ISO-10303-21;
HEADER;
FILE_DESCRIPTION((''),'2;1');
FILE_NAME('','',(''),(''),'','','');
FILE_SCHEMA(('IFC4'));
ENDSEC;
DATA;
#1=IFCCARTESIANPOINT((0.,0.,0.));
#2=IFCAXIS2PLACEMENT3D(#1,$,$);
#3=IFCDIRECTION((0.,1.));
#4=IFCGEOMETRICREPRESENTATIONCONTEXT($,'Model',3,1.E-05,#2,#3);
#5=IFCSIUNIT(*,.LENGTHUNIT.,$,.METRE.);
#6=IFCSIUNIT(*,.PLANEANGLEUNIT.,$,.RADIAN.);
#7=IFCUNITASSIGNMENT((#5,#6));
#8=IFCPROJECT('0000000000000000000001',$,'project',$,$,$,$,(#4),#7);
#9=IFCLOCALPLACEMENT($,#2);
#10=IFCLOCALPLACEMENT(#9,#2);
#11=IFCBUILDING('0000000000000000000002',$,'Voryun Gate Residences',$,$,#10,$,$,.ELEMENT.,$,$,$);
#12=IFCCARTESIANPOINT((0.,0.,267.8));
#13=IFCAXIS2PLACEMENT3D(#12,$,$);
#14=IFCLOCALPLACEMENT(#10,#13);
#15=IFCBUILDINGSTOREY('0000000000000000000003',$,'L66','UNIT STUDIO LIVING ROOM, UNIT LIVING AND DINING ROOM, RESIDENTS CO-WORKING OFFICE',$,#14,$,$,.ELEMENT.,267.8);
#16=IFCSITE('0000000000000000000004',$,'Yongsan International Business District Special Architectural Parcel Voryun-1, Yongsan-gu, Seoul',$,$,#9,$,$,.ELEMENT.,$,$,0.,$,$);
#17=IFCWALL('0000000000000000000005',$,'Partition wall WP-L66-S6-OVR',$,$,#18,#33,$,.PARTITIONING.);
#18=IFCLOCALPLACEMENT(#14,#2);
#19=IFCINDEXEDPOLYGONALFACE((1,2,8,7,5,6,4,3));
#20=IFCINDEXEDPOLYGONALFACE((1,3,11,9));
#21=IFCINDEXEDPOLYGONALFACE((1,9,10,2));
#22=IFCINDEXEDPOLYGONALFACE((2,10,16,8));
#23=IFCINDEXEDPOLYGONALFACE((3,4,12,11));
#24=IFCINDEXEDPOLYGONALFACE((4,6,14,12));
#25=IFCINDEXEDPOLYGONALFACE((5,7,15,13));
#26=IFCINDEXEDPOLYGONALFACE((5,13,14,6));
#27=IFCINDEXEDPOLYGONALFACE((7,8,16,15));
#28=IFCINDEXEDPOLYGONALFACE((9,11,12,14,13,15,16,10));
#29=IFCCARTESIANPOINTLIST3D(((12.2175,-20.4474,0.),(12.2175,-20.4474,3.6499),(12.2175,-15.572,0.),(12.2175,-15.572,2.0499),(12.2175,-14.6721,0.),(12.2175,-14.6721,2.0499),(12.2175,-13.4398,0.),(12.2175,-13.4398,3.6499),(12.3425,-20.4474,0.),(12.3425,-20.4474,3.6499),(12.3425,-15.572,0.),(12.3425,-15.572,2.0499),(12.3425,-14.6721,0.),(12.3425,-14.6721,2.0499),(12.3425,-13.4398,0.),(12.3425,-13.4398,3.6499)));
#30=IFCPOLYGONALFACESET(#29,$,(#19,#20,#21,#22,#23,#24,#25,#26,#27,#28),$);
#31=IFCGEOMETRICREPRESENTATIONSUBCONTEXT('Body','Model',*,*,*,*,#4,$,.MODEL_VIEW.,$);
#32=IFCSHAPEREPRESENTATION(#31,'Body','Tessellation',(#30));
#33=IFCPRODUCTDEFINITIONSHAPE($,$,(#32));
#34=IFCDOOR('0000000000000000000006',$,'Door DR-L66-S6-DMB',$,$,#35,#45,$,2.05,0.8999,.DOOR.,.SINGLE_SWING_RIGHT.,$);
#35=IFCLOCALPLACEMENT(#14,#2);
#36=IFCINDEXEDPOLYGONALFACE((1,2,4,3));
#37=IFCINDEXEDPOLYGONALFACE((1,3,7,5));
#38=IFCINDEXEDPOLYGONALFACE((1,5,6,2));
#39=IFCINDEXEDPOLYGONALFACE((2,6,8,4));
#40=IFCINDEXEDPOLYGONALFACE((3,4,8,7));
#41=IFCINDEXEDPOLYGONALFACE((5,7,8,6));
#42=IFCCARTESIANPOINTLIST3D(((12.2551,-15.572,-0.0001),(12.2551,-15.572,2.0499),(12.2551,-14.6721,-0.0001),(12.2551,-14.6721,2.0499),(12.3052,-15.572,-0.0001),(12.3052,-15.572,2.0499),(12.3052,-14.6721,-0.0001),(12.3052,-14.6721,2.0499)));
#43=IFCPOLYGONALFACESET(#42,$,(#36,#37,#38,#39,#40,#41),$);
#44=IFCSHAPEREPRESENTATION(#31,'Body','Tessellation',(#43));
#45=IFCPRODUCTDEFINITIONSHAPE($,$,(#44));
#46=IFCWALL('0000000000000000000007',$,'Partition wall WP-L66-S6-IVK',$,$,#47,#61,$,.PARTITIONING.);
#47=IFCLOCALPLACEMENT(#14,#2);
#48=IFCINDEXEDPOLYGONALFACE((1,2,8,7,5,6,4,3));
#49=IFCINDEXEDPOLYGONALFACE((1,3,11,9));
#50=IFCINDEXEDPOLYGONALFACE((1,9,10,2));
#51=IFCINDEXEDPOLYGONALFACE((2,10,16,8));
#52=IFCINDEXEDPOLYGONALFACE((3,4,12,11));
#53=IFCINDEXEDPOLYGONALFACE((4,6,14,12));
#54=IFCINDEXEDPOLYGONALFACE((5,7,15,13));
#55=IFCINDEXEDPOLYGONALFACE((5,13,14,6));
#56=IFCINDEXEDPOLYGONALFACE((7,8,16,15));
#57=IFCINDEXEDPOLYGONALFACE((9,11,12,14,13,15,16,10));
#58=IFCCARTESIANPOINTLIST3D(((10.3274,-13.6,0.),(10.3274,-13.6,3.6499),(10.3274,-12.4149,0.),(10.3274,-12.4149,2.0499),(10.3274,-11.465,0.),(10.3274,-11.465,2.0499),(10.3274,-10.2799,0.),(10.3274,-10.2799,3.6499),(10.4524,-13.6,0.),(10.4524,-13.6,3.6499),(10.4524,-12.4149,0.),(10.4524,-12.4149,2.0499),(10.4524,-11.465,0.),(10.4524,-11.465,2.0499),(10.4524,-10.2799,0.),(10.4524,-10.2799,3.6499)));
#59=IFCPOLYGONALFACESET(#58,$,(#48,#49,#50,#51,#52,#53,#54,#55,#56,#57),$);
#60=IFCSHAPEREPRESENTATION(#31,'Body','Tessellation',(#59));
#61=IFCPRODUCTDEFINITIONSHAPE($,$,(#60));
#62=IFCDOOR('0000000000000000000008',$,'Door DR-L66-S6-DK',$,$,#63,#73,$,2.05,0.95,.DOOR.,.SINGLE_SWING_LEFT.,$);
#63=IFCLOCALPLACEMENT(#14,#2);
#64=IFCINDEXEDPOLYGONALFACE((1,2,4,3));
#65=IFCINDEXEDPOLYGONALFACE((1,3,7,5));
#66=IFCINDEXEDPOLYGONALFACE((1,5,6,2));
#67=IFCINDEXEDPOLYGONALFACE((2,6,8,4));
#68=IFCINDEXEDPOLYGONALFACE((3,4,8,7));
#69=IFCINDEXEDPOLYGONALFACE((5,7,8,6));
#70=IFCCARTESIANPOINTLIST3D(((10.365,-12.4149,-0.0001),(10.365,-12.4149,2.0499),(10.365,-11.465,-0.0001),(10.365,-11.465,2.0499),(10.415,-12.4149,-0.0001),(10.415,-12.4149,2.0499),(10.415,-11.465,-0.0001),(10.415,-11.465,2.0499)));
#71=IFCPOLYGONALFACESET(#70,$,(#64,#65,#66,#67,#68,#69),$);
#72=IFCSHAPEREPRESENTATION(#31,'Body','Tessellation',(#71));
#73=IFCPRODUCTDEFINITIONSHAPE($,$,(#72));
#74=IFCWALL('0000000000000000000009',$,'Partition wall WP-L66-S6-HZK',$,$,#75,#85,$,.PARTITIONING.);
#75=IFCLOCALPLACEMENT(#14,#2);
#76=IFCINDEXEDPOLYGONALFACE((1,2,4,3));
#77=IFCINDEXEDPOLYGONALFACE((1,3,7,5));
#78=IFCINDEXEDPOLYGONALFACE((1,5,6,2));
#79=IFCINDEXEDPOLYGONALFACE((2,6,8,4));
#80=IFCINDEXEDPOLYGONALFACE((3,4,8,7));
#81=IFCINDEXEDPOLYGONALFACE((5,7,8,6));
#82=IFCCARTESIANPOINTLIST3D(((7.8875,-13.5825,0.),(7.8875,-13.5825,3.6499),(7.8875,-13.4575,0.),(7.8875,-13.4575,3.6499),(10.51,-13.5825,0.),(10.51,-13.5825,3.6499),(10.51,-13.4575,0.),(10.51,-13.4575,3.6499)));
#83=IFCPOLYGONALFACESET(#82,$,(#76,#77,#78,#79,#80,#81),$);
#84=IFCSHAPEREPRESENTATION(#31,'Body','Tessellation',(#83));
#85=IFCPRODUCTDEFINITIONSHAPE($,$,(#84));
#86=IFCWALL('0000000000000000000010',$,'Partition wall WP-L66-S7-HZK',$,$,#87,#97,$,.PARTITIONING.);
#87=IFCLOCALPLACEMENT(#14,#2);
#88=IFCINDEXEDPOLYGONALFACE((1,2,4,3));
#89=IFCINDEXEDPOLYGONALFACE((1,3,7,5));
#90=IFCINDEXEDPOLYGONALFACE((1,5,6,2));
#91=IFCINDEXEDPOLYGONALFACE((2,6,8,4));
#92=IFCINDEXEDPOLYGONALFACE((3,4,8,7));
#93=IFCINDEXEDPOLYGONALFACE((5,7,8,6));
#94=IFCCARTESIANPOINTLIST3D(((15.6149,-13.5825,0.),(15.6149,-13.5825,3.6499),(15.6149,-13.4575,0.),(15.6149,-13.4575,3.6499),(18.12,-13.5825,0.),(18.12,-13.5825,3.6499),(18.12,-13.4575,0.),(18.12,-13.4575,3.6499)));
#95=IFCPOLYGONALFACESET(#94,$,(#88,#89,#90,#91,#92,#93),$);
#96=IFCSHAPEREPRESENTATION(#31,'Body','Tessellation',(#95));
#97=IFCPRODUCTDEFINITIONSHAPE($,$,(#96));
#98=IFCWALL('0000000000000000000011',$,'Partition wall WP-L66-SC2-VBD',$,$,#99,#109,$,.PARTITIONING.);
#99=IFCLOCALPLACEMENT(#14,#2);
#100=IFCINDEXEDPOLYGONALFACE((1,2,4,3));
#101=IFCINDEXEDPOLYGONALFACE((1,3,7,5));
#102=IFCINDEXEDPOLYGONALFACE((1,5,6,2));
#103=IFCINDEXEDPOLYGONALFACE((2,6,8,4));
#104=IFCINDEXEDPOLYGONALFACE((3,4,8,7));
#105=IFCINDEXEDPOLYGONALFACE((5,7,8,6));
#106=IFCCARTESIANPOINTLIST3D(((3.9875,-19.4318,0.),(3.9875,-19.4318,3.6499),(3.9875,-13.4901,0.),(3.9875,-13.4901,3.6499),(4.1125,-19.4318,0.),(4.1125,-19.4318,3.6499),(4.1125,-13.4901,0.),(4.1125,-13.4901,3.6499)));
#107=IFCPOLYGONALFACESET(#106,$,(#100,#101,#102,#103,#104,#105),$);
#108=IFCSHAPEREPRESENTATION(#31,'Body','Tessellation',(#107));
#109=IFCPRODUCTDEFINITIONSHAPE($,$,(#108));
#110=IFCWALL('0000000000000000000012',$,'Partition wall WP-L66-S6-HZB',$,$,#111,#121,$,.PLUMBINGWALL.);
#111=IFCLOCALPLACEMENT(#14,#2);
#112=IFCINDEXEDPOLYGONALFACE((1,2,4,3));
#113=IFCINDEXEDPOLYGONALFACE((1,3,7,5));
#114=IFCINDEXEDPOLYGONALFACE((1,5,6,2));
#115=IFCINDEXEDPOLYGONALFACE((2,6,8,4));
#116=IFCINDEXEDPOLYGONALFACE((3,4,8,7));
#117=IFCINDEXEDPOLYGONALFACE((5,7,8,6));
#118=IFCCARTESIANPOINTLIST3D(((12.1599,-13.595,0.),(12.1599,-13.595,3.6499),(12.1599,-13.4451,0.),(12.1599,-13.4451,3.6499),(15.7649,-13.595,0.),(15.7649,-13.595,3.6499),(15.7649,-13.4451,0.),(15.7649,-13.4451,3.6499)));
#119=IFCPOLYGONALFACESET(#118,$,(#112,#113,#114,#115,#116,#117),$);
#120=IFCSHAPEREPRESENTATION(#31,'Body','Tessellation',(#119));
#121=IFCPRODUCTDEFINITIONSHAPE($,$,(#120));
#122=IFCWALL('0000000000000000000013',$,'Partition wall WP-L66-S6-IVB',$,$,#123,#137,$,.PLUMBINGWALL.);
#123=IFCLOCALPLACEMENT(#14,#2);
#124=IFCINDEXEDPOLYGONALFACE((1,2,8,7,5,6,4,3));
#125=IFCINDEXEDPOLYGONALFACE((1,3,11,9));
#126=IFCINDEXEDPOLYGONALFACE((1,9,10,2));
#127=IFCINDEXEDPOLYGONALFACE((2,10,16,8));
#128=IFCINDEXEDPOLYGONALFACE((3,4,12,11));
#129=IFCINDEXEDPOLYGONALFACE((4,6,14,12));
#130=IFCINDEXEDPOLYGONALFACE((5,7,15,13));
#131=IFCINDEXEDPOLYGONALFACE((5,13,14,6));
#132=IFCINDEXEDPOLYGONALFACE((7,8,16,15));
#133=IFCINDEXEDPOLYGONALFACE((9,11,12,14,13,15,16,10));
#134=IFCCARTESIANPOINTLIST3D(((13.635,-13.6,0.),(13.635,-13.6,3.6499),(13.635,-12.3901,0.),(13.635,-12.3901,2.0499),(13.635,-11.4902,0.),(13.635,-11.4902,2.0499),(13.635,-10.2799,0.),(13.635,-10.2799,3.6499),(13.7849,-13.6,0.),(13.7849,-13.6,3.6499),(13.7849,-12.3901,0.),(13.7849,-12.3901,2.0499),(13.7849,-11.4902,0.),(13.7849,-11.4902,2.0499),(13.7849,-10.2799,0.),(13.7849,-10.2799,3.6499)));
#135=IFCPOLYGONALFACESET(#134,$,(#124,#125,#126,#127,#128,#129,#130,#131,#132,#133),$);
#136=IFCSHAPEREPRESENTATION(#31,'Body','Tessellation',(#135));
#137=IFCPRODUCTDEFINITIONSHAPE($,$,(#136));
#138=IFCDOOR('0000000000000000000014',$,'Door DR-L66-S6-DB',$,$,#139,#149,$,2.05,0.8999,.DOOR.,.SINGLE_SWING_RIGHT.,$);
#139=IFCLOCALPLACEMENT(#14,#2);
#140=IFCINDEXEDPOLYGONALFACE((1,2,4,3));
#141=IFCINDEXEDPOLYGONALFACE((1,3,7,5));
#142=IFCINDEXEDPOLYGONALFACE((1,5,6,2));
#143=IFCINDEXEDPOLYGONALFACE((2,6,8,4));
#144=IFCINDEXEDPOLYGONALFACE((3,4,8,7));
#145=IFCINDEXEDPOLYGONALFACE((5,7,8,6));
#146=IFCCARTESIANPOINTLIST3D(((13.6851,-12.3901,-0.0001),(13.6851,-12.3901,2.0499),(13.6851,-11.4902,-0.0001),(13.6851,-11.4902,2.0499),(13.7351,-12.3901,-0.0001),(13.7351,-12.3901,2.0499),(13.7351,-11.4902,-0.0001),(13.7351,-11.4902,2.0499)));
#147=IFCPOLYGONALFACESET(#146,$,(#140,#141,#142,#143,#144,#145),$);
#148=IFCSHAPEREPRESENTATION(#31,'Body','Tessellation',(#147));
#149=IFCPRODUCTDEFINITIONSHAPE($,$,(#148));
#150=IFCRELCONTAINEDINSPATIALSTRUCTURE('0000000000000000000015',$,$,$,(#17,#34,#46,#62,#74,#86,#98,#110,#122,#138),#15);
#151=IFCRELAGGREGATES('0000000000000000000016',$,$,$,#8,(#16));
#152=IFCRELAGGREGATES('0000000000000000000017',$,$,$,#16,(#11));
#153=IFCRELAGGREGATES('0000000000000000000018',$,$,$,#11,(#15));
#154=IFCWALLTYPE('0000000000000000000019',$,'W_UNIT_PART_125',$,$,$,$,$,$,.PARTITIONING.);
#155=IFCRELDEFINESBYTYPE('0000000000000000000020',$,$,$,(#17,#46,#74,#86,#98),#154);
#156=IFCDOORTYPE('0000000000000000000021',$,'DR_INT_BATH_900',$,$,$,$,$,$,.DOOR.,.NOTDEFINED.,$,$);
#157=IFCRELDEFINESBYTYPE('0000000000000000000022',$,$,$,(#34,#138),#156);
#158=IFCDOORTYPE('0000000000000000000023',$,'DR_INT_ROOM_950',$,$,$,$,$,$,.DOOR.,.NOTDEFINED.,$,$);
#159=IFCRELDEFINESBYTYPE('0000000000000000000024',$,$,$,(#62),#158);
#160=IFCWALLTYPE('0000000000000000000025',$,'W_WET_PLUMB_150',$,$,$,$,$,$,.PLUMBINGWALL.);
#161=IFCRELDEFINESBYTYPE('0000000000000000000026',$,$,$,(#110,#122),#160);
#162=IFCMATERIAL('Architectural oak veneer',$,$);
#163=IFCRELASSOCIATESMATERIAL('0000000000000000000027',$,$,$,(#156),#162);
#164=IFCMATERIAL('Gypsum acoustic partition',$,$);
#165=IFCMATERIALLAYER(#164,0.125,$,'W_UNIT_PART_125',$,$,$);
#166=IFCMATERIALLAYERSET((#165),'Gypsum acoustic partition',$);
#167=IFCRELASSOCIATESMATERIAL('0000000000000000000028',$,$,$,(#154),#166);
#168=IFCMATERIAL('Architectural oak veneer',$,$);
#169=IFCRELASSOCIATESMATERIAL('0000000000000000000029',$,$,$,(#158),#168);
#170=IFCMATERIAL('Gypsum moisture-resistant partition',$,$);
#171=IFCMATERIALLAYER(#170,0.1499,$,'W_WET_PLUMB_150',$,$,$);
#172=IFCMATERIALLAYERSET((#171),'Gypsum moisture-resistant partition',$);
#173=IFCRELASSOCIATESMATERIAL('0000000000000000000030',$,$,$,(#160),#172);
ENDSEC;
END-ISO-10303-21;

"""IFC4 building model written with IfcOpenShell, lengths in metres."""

from ifc_helpers import new_model, si_unit, direction, frame, frame_2d, origin, place, context, subcontext, project, spatial, rectangle, extrude, material, layer, layer_set, type_object, element, fill, save


model = new_model("IFC4")

# Units and contexts
model_context = context("Model", 3, precision=1e-05, world=origin(), true_north=direction((0.0, 1.0)))
body_context = subcontext(model_context, "Body", "Model", "MODEL_VIEW")
ifc_project = project(units=[si_unit("LENGTHUNIT", "METRE"), si_unit("PLANEANGLEUNIT", "RADIAN")], contexts=[model_context])

# Site, building, storey
site_placement = place(None, origin())
site = spatial("IfcSite", under=ifc_project, at=site_placement, Name="Yongsan International Business District Special Architectural Parcel Voryun-1, Yongsan-gu, Seoul", CompositionType="ELEMENT", RefElevation=0.0)
building_placement = place(site_placement, origin())
building = spatial("IfcBuilding", under=site, at=building_placement, Name="Voryun Gate Residences", CompositionType="ELEMENT")
storey_placement = place(building_placement, frame((0.0, 0.0, 267.8)))
storey = spatial("IfcBuildingStorey", under=building, at=storey_placement, Name="L66", Description="UNIT STUDIO LIVING ROOM, UNIT LIVING AND DINING ROOM, RESIDENTS CO-WORKING OFFICE", CompositionType="ELEMENT", Elevation=267.8)

# Walls, openings, doors
ifc_material_1 = material(Name="Architectural oak veneer")
door_type_1 = type_object("IfcDoorType", Name="DR_INT_BATH_900", OperationType="NOTDEFINED", PredefinedType="DOOR", material=ifc_material_1)
ifc_material_2 = material(Name="Gypsum acoustic partition")
ifc_layer_1 = layer(ifc_material_2, 0.125, Name="W_UNIT_PART_125")
ifc_layer_set_1 = layer_set([ifc_layer_1], Name="Gypsum acoustic partition")
wall_type_1 = type_object("IfcWallType", Name="W_UNIT_PART_125", PredefinedType="PARTITIONING", material=ifc_layer_set_1)
wall_1_placement = place(storey_placement, frame((12.28, -20.4475, 0.0), z_axis=(0.0, 0.0, 1.0), x_axis=(0.0, 1.0, 0.0)))
wall_1 = element("IfcWall", 1, at=wall_1_placement, inside=storey, type_object=wall_type_1, Name="Partition wall WP-L66-S6-OVR", PredefinedType="PARTITIONING", context=body_context, shape_type="SweptSolid", body=[
    extrude(rectangle(XDim=7.0076, YDim=0.125, at=frame_2d((3.5039, 0.0))), origin(), (0.0, 0.0, 1.0), 3.6499),
])
opening_1_placement = place(wall_1_placement, frame((4.8755, 0.0, 0.0)))
opening_1 = element("IfcOpeningElement", 2, at=opening_1_placement, cuts=wall_1, PredefinedType="OPENING", context=body_context, shape_type="SweptSolid", body=[
    extrude(rectangle(XDim=0.8999, YDim=2.05, at=frame_2d((0.45, 1.0249))), frame((0.0, 0.0725, 0.0), z_axis=(0.0, -1.0, 0.0), x_axis=(1.0, 0.0, 0.0)), (0.0, 0.0, 1.0), 0.145),
])
door_1_placement = place(opening_1_placement, origin())
door_1 = element("IfcDoor", 3, at=door_1_placement, inside=storey, type_object=door_type_1, Name="Door DR-L66-S6-DMB", OperationType="SINGLE_SWING_RIGHT", OverallHeight=2.05, OverallWidth=0.8999, PredefinedType="DOOR", context=body_context, shape_type="SweptSolid", body=[
    extrude(rectangle(XDim=0.8999, YDim=2.05, at=frame_2d((0.45, 1.0249))), frame((0.0, 0.0249, 0.0), z_axis=(0.0, -1.0, 0.0), x_axis=(1.0, 0.0, 0.0)), (0.0, 0.0, 1.0), 0.05),
])
fill(opening_1, door_1)
wall_2_placement = place(storey_placement, frame((10.3899, -13.6001, 0.0), z_axis=(0.0, 0.0, 1.0), x_axis=(0.0, 1.0, 0.0)))
wall_2 = element("IfcWall", 4, at=wall_2_placement, inside=storey, type_object=wall_type_1, Name="Partition wall WP-L66-S6-IVK", PredefinedType="PARTITIONING", context=body_context, shape_type="SweptSolid", body=[
    extrude(rectangle(XDim=3.3201, YDim=0.125, at=frame_2d((1.6602, 0.0))), origin(), (0.0, 0.0, 1.0), 3.6499),
])
opening_2_placement = place(wall_2_placement, frame((1.1851, 0.0, 0.0)))
opening_2 = element("IfcOpeningElement", 5, at=opening_2_placement, cuts=wall_2, PredefinedType="OPENING", context=body_context, shape_type="SweptSolid", body=[
    extrude(rectangle(XDim=0.95, YDim=2.05, at=frame_2d((0.4751, 1.0249))), frame((0.0, 0.0725, 0.0), z_axis=(0.0, -1.0, 0.0), x_axis=(1.0, 0.0, 0.0)), (0.0, 0.0, 1.0), 0.145),
])
ifc_material_3 = material(Name="Architectural oak veneer")
door_type_2 = type_object("IfcDoorType", Name="DR_INT_ROOM_950", OperationType="NOTDEFINED", PredefinedType="DOOR", material=ifc_material_3)
door_2_placement = place(opening_2_placement, origin())
door_2 = element("IfcDoor", 6, at=door_2_placement, inside=storey, type_object=door_type_2, Name="Door DR-L66-S6-DK", OperationType="SINGLE_SWING_LEFT", OverallHeight=2.05, OverallWidth=0.95, PredefinedType="DOOR", context=body_context, shape_type="SweptSolid", body=[
    extrude(rectangle(XDim=0.95, YDim=2.05, at=frame_2d((0.4751, 1.0249))), frame((0.0, 0.0249, 0.0), z_axis=(0.0, -1.0, 0.0), x_axis=(1.0, 0.0, 0.0)), (0.0, 0.0, 1.0), 0.05),
])
fill(opening_2, door_2)

# Walls
wall_3_placement = place(storey_placement, frame((7.8875, -13.52, 0.0), z_axis=(0.0, 0.0, 1.0), x_axis=(1.0, 0.0, 0.0)))
element("IfcWall", 7, at=wall_3_placement, inside=storey, type_object=wall_type_1, Name="Partition wall WP-L66-S6-HZK", PredefinedType="PARTITIONING", context=body_context, shape_type="SweptSolid", body=[
    extrude(rectangle(XDim=2.6226, YDim=0.125, at=frame_2d((1.3113, 0.0))), origin(), (0.0, 0.0, 1.0), 3.6499),
])
wall_4_placement = place(storey_placement, frame((15.615, -13.52, 0.0), z_axis=(0.0, 0.0, 1.0), x_axis=(1.0, 0.0, 0.0)))
element("IfcWall", 8, at=wall_4_placement, inside=storey, type_object=wall_type_1, Name="Partition wall WP-L66-S7-HZK", PredefinedType="PARTITIONING", context=body_context, shape_type="SweptSolid", body=[
    extrude(rectangle(XDim=2.5051, YDim=0.125, at=frame_2d((1.2524, 0.0))), origin(), (0.0, 0.0, 1.0), 3.6499),
])
wall_5_placement = place(storey_placement, frame((4.05, -19.4316, 0.0), z_axis=(0.0, 0.0, 1.0), x_axis=(0.0, 1.0, 0.0)))
element("IfcWall", 9, at=wall_5_placement, inside=storey, type_object=wall_type_1, Name="Partition wall WP-L66-SC2-VBD", PredefinedType="PARTITIONING", context=body_context, shape_type="SweptSolid", body=[
    extrude(rectangle(XDim=5.9417, YDim=0.125, at=frame_2d((2.9707, 0.0))), origin(), (0.0, 0.0, 1.0), 3.6499),
])
ifc_material_4 = material(Name="Gypsum moisture-resistant partition")
ifc_layer_2 = layer(ifc_material_4, 0.1499, Name="W_WET_PLUMB_150")
ifc_layer_set_2 = layer_set([ifc_layer_2], Name="Gypsum moisture-resistant partition")
wall_type_2 = type_object("IfcWallType", Name="W_WET_PLUMB_150", PredefinedType="PLUMBINGWALL", material=ifc_layer_set_2)
wall_6_placement = place(storey_placement, frame((12.1599, -13.52, 0.0), z_axis=(0.0, 0.0, 1.0), x_axis=(1.0, 0.0, 0.0)))
element("IfcWall", 10, at=wall_6_placement, inside=storey, type_object=wall_type_2, Name="Partition wall WP-L66-S6-HZB", PredefinedType="PLUMBINGWALL", context=body_context, shape_type="SweptSolid", body=[
    extrude(rectangle(XDim=3.605, YDim=0.1499, at=frame_2d((1.8025, 0.0))), origin(), (0.0, 0.0, 1.0), 3.6499),
])

# Wall, opening, door
wall_7_placement = place(storey_placement, frame((13.71, -13.6001, 0.0), z_axis=(0.0, 0.0, 1.0), x_axis=(0.0, 1.0, 0.0)))
wall_7 = element("IfcWall", 11, at=wall_7_placement, inside=storey, type_object=wall_type_2, Name="Partition wall WP-L66-S6-IVB", PredefinedType="PLUMBINGWALL", context=body_context, shape_type="SweptSolid", body=[
    extrude(rectangle(XDim=3.3201, YDim=0.1499, at=frame_2d((1.6602, 0.0))), origin(), (0.0, 0.0, 1.0), 3.6499),
])
opening_3_placement = place(wall_7_placement, frame((1.21, 0.0, 0.0)))
opening_3 = element("IfcOpeningElement", 12, at=opening_3_placement, cuts=wall_7, PredefinedType="OPENING", context=body_context, shape_type="SweptSolid", body=[
    extrude(rectangle(XDim=0.8999, YDim=2.05, at=frame_2d((0.45, 1.0249))), frame((0.0, 0.085, 0.0), z_axis=(0.0, -1.0, 0.0), x_axis=(1.0, 0.0, 0.0)), (0.0, 0.0, 1.0), 0.1699),
])
door_3_placement = place(opening_3_placement, origin())
door_3 = element("IfcDoor", 13, at=door_3_placement, inside=storey, type_object=door_type_1, Name="Door DR-L66-S6-DB", OperationType="SINGLE_SWING_RIGHT", OverallHeight=2.05, OverallWidth=0.8999, PredefinedType="DOOR", context=body_context, shape_type="SweptSolid", body=[
    extrude(rectangle(XDim=0.8999, YDim=2.05, at=frame_2d((0.45, 1.0249))), frame((0.0, 0.0249, 0.0), z_axis=(0.0, -1.0, 0.0), x_axis=(1.0, 0.0, 0.0)), (0.0, 0.0, 1.0), 0.05),
])
fill(opening_3, door_3)

save(model, "model.ifc")
